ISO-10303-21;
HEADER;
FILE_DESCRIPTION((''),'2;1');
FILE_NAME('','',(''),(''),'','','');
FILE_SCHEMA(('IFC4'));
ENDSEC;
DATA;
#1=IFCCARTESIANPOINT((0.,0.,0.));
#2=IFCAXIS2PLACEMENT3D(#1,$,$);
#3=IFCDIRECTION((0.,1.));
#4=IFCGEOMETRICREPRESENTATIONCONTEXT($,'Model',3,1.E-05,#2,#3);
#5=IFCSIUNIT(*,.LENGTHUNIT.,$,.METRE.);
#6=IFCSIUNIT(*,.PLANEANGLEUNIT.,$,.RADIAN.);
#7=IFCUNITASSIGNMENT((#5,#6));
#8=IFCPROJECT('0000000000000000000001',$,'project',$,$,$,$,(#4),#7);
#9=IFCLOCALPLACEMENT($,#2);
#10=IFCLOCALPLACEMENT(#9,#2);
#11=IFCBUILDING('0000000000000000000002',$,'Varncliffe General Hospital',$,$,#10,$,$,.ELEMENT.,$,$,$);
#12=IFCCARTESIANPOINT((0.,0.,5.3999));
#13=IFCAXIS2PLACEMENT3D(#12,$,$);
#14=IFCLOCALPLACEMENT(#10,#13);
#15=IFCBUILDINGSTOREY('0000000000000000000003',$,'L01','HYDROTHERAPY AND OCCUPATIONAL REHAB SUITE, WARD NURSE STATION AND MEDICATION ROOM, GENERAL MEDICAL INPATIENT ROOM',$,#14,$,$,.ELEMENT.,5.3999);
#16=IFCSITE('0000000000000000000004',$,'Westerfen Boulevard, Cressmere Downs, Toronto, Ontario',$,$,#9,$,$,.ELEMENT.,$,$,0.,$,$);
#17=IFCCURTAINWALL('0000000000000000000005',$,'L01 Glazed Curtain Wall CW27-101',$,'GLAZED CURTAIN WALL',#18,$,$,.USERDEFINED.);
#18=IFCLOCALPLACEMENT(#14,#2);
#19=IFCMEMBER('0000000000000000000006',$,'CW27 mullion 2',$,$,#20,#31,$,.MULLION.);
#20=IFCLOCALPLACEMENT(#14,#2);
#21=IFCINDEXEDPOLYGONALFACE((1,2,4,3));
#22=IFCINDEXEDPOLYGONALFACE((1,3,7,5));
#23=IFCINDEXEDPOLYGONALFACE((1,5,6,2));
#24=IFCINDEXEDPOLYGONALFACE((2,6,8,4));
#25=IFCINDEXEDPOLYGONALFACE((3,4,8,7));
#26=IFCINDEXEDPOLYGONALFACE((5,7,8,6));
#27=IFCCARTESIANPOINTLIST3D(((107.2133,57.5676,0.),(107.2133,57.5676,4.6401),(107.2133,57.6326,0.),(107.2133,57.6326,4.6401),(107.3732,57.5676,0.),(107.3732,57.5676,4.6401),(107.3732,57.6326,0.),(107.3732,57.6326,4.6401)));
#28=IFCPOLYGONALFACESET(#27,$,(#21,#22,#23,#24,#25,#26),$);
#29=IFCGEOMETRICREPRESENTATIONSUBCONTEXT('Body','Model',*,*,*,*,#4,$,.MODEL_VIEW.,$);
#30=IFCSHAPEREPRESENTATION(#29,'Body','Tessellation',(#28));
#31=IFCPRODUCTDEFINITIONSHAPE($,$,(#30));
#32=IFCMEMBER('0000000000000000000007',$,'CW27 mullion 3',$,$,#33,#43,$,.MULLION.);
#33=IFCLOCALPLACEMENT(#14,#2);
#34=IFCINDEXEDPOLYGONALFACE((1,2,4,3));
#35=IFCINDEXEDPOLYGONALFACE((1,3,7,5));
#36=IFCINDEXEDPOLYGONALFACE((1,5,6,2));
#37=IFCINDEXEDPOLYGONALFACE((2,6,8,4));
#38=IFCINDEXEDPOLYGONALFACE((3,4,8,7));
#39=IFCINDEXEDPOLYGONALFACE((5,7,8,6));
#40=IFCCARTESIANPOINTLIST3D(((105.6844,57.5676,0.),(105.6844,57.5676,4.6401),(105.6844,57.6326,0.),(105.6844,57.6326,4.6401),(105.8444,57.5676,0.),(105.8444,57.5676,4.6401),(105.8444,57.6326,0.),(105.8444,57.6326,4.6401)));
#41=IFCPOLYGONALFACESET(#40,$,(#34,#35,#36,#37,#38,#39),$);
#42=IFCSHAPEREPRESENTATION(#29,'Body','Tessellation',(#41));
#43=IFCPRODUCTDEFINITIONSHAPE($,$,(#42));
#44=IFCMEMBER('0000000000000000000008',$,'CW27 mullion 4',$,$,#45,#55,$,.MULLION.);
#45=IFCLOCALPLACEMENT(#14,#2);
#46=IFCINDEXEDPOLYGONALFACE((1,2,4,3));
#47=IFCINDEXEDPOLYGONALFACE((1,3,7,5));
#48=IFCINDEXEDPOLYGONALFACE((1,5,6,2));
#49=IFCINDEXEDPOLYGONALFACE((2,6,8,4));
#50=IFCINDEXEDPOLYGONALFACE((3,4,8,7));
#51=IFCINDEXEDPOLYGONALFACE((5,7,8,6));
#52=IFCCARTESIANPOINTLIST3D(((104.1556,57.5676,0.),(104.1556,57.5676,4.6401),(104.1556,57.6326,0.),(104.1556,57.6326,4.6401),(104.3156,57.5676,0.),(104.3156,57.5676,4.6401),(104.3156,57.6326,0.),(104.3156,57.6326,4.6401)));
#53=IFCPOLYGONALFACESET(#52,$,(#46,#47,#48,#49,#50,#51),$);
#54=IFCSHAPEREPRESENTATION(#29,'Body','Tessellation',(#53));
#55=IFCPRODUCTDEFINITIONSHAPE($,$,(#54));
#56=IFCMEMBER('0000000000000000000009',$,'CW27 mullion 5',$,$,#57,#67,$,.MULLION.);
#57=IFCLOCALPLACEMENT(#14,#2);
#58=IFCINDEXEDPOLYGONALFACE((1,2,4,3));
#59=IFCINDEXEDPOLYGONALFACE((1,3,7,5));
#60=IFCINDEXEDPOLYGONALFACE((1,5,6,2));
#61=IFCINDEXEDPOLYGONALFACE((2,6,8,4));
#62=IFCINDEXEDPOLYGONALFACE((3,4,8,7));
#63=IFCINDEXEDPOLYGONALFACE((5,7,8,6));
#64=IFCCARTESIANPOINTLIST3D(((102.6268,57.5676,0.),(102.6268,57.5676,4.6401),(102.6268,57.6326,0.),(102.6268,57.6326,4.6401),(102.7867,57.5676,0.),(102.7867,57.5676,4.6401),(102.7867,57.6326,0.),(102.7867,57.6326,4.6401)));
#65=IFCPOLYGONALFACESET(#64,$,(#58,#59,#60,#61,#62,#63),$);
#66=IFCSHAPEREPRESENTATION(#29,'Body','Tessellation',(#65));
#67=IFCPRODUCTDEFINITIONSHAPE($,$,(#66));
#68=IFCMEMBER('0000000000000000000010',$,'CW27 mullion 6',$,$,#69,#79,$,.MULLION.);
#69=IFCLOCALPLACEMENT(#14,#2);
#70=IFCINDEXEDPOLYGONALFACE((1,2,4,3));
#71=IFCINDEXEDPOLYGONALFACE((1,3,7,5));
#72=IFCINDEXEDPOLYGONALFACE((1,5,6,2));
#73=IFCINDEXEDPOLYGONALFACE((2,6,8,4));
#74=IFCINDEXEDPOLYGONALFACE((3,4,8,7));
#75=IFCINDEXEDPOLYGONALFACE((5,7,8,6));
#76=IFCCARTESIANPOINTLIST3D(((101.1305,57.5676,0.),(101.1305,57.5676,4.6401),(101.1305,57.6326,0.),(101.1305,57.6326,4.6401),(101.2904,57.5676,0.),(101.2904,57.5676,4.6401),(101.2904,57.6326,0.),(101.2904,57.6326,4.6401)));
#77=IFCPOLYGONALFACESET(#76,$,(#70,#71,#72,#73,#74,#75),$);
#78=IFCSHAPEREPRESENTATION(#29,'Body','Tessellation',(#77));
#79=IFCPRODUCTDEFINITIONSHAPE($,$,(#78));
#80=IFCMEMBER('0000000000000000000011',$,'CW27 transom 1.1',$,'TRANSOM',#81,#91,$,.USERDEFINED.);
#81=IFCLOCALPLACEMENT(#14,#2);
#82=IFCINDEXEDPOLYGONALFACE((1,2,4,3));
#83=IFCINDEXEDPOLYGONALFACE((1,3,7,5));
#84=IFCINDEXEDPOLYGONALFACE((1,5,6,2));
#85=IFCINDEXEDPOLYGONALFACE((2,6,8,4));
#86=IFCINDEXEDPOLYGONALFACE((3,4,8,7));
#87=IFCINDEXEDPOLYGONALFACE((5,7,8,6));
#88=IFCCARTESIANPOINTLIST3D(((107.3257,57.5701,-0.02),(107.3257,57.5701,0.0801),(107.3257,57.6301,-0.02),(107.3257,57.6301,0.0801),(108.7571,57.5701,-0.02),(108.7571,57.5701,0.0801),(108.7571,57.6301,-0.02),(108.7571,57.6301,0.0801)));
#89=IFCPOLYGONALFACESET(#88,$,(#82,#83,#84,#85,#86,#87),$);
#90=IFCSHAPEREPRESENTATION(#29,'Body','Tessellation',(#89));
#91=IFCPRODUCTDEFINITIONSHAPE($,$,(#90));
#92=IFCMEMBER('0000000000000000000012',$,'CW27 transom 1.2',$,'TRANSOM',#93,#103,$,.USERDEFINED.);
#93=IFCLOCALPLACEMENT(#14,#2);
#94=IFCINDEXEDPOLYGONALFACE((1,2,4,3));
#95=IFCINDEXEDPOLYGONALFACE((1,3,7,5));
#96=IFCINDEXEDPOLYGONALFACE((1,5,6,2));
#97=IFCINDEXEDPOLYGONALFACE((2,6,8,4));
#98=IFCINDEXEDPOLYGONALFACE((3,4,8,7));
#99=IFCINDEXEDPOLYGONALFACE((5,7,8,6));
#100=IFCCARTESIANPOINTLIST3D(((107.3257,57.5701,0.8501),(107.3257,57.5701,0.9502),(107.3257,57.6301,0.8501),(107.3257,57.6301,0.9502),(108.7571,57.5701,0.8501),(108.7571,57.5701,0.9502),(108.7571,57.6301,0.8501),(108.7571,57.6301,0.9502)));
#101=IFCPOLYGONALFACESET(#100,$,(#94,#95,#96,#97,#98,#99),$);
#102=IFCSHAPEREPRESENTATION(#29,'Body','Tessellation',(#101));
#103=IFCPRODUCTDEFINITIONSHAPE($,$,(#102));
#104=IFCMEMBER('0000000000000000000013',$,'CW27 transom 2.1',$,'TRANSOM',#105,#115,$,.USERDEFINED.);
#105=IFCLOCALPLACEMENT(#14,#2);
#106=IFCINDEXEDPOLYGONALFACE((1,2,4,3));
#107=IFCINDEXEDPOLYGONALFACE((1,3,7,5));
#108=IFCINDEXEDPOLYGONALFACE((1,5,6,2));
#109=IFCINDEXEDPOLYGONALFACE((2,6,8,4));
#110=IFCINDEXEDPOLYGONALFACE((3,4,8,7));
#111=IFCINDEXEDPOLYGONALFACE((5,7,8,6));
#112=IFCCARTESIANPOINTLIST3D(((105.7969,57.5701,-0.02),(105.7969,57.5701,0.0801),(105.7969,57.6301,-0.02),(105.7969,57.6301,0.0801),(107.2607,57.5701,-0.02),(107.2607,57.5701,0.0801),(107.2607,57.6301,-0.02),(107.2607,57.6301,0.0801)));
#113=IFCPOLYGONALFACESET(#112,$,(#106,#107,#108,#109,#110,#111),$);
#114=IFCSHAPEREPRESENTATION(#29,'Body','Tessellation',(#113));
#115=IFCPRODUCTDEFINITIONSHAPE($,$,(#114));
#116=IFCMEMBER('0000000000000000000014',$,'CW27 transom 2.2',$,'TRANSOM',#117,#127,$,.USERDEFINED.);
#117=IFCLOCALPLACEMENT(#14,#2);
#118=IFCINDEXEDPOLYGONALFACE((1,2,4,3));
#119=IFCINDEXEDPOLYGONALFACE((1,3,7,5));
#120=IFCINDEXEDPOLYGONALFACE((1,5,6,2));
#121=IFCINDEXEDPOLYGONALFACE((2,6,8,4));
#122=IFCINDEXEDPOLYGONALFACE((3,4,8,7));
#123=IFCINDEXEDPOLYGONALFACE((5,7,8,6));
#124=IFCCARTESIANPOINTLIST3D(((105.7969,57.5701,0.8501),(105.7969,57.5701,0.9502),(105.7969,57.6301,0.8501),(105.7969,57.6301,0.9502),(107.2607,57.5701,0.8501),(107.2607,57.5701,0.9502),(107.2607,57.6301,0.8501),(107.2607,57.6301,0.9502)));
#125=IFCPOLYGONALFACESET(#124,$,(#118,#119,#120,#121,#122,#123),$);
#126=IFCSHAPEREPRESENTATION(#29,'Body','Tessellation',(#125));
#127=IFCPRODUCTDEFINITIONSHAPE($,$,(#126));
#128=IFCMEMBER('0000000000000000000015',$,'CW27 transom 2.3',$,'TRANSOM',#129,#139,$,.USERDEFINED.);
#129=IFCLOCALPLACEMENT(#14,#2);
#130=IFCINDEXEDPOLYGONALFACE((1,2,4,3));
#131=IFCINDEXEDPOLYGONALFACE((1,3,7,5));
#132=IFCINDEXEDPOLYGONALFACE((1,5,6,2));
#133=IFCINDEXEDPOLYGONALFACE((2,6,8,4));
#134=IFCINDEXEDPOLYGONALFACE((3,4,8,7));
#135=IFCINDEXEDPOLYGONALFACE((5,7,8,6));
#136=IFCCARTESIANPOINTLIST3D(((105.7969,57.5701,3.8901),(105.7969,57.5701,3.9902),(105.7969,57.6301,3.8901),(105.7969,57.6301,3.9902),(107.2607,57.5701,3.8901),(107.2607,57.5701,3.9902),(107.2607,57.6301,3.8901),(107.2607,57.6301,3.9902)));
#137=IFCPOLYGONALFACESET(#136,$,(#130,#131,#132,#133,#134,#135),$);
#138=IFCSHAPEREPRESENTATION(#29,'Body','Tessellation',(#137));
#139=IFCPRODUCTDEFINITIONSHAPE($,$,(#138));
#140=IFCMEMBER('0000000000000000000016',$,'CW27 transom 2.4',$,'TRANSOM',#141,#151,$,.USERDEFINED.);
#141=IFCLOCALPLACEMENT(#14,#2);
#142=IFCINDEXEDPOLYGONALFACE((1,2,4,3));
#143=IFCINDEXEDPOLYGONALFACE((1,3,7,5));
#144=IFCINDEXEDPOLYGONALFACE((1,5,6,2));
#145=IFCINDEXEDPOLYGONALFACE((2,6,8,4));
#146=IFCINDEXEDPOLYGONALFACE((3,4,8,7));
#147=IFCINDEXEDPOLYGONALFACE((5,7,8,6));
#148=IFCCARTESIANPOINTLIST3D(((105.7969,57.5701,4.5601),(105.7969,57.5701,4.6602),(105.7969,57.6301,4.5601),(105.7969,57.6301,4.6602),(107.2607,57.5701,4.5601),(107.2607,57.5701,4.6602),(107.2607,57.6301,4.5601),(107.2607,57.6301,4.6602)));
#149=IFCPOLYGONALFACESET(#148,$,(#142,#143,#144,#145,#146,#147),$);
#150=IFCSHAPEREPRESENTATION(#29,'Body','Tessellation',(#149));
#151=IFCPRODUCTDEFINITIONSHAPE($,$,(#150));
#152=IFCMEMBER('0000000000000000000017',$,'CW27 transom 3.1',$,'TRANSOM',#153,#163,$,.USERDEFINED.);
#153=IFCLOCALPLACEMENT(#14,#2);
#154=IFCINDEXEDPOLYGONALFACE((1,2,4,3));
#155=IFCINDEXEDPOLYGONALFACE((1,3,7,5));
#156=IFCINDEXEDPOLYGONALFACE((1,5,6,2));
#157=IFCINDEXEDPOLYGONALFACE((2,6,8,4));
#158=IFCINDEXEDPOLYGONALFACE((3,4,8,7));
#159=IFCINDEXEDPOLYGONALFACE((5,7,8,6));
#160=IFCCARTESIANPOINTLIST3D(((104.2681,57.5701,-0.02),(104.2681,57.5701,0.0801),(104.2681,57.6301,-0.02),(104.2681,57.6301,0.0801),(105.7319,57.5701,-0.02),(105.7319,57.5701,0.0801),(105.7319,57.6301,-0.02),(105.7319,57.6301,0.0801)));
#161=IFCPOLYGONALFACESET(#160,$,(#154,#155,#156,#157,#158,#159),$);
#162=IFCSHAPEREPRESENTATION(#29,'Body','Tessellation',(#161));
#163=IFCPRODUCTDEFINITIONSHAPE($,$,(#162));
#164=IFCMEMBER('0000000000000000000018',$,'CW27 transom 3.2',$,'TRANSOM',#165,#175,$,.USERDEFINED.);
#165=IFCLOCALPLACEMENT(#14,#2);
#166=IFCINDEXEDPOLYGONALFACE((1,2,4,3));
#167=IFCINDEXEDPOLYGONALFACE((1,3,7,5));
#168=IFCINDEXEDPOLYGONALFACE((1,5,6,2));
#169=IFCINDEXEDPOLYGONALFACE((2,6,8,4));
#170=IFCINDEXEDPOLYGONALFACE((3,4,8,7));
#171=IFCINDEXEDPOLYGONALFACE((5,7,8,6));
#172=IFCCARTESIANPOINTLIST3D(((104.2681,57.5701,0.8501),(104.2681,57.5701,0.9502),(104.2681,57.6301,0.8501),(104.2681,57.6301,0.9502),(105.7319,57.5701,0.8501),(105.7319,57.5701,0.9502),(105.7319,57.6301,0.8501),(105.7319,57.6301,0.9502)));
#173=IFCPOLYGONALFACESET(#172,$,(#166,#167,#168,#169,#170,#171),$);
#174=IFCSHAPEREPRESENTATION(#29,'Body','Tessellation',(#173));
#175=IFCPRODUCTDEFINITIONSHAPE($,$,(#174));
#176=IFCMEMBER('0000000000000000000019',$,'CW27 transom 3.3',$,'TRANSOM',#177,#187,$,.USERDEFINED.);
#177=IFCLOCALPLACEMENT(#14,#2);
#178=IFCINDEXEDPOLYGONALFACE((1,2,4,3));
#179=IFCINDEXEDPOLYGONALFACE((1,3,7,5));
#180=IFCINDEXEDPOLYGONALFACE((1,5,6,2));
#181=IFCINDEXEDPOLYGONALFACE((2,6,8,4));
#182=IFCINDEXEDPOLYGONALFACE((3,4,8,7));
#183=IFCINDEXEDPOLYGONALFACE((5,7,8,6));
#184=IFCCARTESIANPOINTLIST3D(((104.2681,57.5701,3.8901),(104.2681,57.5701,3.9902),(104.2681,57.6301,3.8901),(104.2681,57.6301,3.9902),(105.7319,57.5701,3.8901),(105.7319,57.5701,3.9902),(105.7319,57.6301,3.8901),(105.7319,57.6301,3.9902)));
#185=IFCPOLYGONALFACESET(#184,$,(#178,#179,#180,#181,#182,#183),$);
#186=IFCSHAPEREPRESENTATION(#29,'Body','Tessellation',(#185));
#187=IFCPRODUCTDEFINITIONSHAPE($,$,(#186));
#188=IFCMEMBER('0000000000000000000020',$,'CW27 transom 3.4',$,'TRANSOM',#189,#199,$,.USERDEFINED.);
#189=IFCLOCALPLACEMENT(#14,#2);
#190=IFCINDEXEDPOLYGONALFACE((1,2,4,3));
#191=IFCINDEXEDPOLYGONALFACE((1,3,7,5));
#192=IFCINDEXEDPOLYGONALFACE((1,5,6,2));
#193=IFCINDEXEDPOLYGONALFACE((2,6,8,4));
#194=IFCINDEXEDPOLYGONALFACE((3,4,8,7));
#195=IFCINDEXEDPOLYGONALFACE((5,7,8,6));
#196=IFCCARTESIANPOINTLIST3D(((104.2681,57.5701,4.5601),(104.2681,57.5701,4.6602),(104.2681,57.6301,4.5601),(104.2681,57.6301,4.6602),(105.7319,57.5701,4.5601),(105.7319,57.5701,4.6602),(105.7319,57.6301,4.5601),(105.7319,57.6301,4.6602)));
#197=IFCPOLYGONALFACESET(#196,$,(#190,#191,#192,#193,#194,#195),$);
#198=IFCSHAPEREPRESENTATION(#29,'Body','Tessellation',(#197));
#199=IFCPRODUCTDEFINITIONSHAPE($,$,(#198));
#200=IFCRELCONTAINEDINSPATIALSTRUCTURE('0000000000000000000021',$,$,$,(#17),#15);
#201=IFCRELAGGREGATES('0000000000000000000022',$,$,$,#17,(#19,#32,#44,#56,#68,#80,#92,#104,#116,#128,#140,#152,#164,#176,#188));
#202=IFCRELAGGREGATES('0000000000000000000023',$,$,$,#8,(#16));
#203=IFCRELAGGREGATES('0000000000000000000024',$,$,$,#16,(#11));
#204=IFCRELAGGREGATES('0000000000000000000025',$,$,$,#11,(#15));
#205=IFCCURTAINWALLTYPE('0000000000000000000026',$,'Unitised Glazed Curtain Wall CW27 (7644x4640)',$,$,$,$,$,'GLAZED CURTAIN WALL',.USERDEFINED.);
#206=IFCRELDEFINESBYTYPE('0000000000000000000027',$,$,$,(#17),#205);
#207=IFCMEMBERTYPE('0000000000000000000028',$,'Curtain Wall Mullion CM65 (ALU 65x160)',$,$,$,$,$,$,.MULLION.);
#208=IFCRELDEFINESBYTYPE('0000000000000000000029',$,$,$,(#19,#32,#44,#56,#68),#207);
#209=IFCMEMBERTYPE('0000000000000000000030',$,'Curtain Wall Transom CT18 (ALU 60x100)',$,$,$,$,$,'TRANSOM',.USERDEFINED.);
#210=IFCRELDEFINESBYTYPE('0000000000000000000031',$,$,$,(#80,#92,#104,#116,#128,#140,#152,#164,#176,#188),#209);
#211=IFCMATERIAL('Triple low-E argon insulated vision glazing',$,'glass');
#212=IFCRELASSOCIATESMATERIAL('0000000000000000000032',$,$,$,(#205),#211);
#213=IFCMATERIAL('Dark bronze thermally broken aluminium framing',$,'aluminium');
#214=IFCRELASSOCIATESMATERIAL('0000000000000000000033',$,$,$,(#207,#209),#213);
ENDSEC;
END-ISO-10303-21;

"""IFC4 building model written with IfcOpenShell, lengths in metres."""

from ifc_helpers import new_model, si_unit, direction, frame, origin, origin_2d, place, context, subcontext, project, spatial, rectangle, extrude, material, material_profile, profile_set, type_object, element, aggregate, save


model = new_model("IFC4")

# Units and contexts
model_context = context("Model", 3, precision=1e-05, world=origin(), true_north=direction((0.0, 1.0)))
body_context = subcontext(model_context, "Body", "Model", "MODEL_VIEW")
ifc_project = project(units=[si_unit("LENGTHUNIT", "METRE"), si_unit("PLANEANGLEUNIT", "RADIAN")], contexts=[model_context])

# Site, building, storey
site_placement = place(None, origin())
site = spatial("IfcSite", under=ifc_project, at=site_placement, Name="Westerfen Boulevard, Cressmere Downs, Toronto, Ontario", CompositionType="ELEMENT", RefElevation=0.0)
building_placement = place(site_placement, origin())
building = spatial("IfcBuilding", under=site, at=building_placement, Name="Varncliffe General Hospital", CompositionType="ELEMENT")
storey_placement = place(building_placement, frame((0.0, 0.0, 5.3999)))
storey = spatial("IfcBuildingStorey", under=building, at=storey_placement, Name="L01", Description="HYDROTHERAPY AND OCCUPATIONAL REHAB SUITE, WARD NURSE STATION AND MEDICATION ROOM, GENERAL MEDICAL INPATIENT ROOM", CompositionType="ELEMENT", Elevation=5.3999)

# Curtain wall, members
ifc_material_1 = material(Name="Triple low-E argon insulated vision glazing", Category="glass")
curtain_wall_type = type_object("IfcCurtainWallType", Name="Unitised Glazed Curtain Wall CW27 (7644x4640)", ElementType="GLAZED CURTAIN WALL", PredefinedType="USERDEFINED", material=ifc_material_1)
curtain_wall_placement = place(storey_placement, origin())
curtain_wall = element("IfcCurtainWall", 1, at=curtain_wall_placement, inside=storey, type_object=curtain_wall_type, Name="L01 Glazed Curtain Wall CW27-101", ObjectType="GLAZED CURTAIN WALL", PredefinedType="USERDEFINED")
ifc_material_2 = material(Name="Dark bronze thermally broken aluminium framing", Category="aluminium")
ifc_material_profile_1 = material_profile(ifc_material_2, rectangle(XDim=0.0649, YDim=0.1599, at=origin_2d()), Name="ALU 65x160")
ifc_profile_set_1 = profile_set([ifc_material_profile_1], Name="Dark bronze thermally broken aluminium framing")
member_type_1 = type_object("IfcMemberType", Name="Curtain Wall Mullion CM65 (ALU 65x160)", PredefinedType="MULLION", material=ifc_profile_set_1)
member_1_placement = place(storey_placement, frame((107.2932, 57.6001, 0.0), z_axis=(0.0, 0.0, 1.0), x_axis=(0.0, -1.0, 0.0)))
member_1 = element("IfcMember", 2, at=member_1_placement, type_object=member_type_1, Name="CW27 mullion 2", PredefinedType="MULLION", context=body_context, shape_type="SweptSolid", body=[
    extrude(rectangle(XDim=0.0649, YDim=0.1599, at=origin_2d()), origin(), (0.0, 0.0, 1.0), 4.6401),
])
member_2_placement = place(storey_placement, frame((105.7644, 57.6001, 0.0), z_axis=(0.0, 0.0, 1.0), x_axis=(0.0, -1.0, 0.0)))
member_2 = element("IfcMember", 3, at=member_2_placement, type_object=member_type_1, Name="CW27 mullion 3", PredefinedType="MULLION", context=body_context, shape_type="SweptSolid", body=[
    extrude(rectangle(XDim=0.0649, YDim=0.1599, at=origin_2d()), origin(), (0.0, 0.0, 1.0), 4.6401),
])
member_3_placement = place(storey_placement, frame((104.2356, 57.6001, 0.0), z_axis=(0.0, 0.0, 1.0), x_axis=(0.0, -1.0, 0.0)))
member_3 = element("IfcMember", 4, at=member_3_placement, type_object=member_type_1, Name="CW27 mullion 4", PredefinedType="MULLION", context=body_context, shape_type="SweptSolid", body=[
    extrude(rectangle(XDim=0.0649, YDim=0.1599, at=origin_2d()), origin(), (0.0, 0.0, 1.0), 4.6401),
])
member_4_placement = place(storey_placement, frame((102.7068, 57.6001, 0.0), z_axis=(0.0, 0.0, 1.0), x_axis=(0.0, -1.0, 0.0)))
member_4 = element("IfcMember", 5, at=member_4_placement, type_object=member_type_1, Name="CW27 mullion 5", PredefinedType="MULLION", context=body_context, shape_type="SweptSolid", body=[
    extrude(rectangle(XDim=0.0649, YDim=0.1599, at=origin_2d()), origin(), (0.0, 0.0, 1.0), 4.6401),
])
member_5_placement = place(storey_placement, frame((101.2104, 57.6001, 0.0), z_axis=(0.0, 0.0, 1.0), x_axis=(0.0, -1.0, 0.0)))
member_5 = element("IfcMember", 6, at=member_5_placement, type_object=member_type_1, Name="CW27 mullion 6", PredefinedType="MULLION", context=body_context, shape_type="SweptSolid", body=[
    extrude(rectangle(XDim=0.0649, YDim=0.1599, at=origin_2d()), origin(), (0.0, 0.0, 1.0), 4.6401),
])
ifc_material_profile_2 = material_profile(ifc_material_2, rectangle(XDim=0.0601, YDim=0.1001, at=origin_2d()), Name="ALU 60x100")
ifc_profile_set_2 = profile_set([ifc_material_profile_2], Name="Dark bronze thermally broken aluminium framing")
member_type_2 = type_object("IfcMemberType", Name="Curtain Wall Transom CT18 (ALU 60x100)", ElementType="TRANSOM", PredefinedType="USERDEFINED", material=ifc_profile_set_2)
member_6_placement = place(storey_placement, frame((108.7571, 57.6001, 0.03), z_axis=(-1.0, 0.0, 0.0), x_axis=(0.0, -1.0, 0.0)))
member_6 = element("IfcMember", 7, at=member_6_placement, type_object=member_type_2, Name="CW27 transom 1.1", ObjectType="TRANSOM", PredefinedType="USERDEFINED", context=body_context, shape_type="SweptSolid", body=[
    extrude(rectangle(XDim=0.0601, YDim=0.1001, at=origin_2d()), origin(), (0.0, 0.0, 1.0), 1.4314),
])
member_7_placement = place(storey_placement, frame((108.7571, 57.6001, 0.9001), z_axis=(-1.0, 0.0, 0.0), x_axis=(0.0, -1.0, 0.0)))
member_7 = element("IfcMember", 8, at=member_7_placement, type_object=member_type_2, Name="CW27 transom 1.2", ObjectType="TRANSOM", PredefinedType="USERDEFINED", context=body_context, shape_type="SweptSolid", body=[
    extrude(rectangle(XDim=0.0601, YDim=0.1001, at=origin_2d()), origin(), (0.0, 0.0, 1.0), 1.4314),
])
member_8_placement = place(storey_placement, frame((107.2607, 57.6001, 0.03), z_axis=(-1.0, 0.0, 0.0), x_axis=(0.0, -1.0, 0.0)))
member_8 = element("IfcMember", 9, at=member_8_placement, type_object=member_type_2, Name="CW27 transom 2.1", ObjectType="TRANSOM", PredefinedType="USERDEFINED", context=body_context, shape_type="SweptSolid", body=[
    extrude(rectangle(XDim=0.0601, YDim=0.1001, at=origin_2d()), origin(), (0.0, 0.0, 1.0), 1.4639),
])
member_9_placement = place(storey_placement, frame((107.2607, 57.6001, 0.9001), z_axis=(-1.0, 0.0, 0.0), x_axis=(0.0, -1.0, 0.0)))
member_9 = element("IfcMember", 10, at=member_9_placement, type_object=member_type_2, Name="CW27 transom 2.2", ObjectType="TRANSOM", PredefinedType="USERDEFINED", context=body_context, shape_type="SweptSolid", body=[
    extrude(rectangle(XDim=0.0601, YDim=0.1001, at=origin_2d()), origin(), (0.0, 0.0, 1.0), 1.4639),
])
member_10_placement = place(storey_placement, frame((107.2607, 57.6001, 3.9402), z_axis=(-1.0, 0.0, 0.0), x_axis=(0.0, -1.0, 0.0)))
member_10 = element("IfcMember", 11, at=member_10_placement, type_object=member_type_2, Name="CW27 transom 2.3", ObjectType="TRANSOM", PredefinedType="USERDEFINED", context=body_context, shape_type="SweptSolid", body=[
    extrude(rectangle(XDim=0.0601, YDim=0.1001, at=origin_2d()), origin(), (0.0, 0.0, 1.0), 1.4639),
])
member_11_placement = place(storey_placement, frame((107.2607, 57.6001, 4.6101), z_axis=(-1.0, 0.0, 0.0), x_axis=(0.0, -1.0, 0.0)))
member_11 = element("IfcMember", 12, at=member_11_placement, type_object=member_type_2, Name="CW27 transom 2.4", ObjectType="TRANSOM", PredefinedType="USERDEFINED", context=body_context, shape_type="SweptSolid", body=[
    extrude(rectangle(XDim=0.0601, YDim=0.1001, at=origin_2d()), origin(), (0.0, 0.0, 1.0), 1.4639),
])
member_12_placement = place(storey_placement, frame((105.7319, 57.6001, 0.03), z_axis=(-1.0, 0.0, 0.0), x_axis=(0.0, -1.0, 0.0)))
member_12 = element("IfcMember", 13, at=member_12_placement, type_object=member_type_2, Name="CW27 transom 3.1", ObjectType="TRANSOM", PredefinedType="USERDEFINED", context=body_context, shape_type="SweptSolid", body=[
    extrude(rectangle(XDim=0.0601, YDim=0.1001, at=origin_2d()), origin(), (0.0, 0.0, 1.0), 1.4639),
])
member_13_placement = place(storey_placement, frame((105.7319, 57.6001, 0.9001), z_axis=(-1.0, 0.0, 0.0), x_axis=(0.0, -1.0, 0.0)))
member_13 = element("IfcMember", 14, at=member_13_placement, type_object=member_type_2, Name="CW27 transom 3.2", ObjectType="TRANSOM", PredefinedType="USERDEFINED", context=body_context, shape_type="SweptSolid", body=[
    extrude(rectangle(XDim=0.0601, YDim=0.1001, at=origin_2d()), origin(), (0.0, 0.0, 1.0), 1.4639),
])
member_14_placement = place(storey_placement, frame((105.7319, 57.6001, 3.9402), z_axis=(-1.0, 0.0, 0.0), x_axis=(0.0, -1.0, 0.0)))
member_14 = element("IfcMember", 15, at=member_14_placement, type_object=member_type_2, Name="CW27 transom 3.3", ObjectType="TRANSOM", PredefinedType="USERDEFINED", context=body_context, shape_type="SweptSolid", body=[
    extrude(rectangle(XDim=0.0601, YDim=0.1001, at=origin_2d()), origin(), (0.0, 0.0, 1.0), 1.4639),
])
member_15_placement = place(storey_placement, frame((105.7319, 57.6001, 4.6101), z_axis=(-1.0, 0.0, 0.0), x_axis=(0.0, -1.0, 0.0)))
member_15 = element("IfcMember", 16, at=member_15_placement, type_object=member_type_2, Name="CW27 transom 3.4", ObjectType="TRANSOM", PredefinedType="USERDEFINED", context=body_context, shape_type="SweptSolid", body=[
    extrude(rectangle(XDim=0.0601, YDim=0.1001, at=origin_2d()), origin(), (0.0, 0.0, 1.0), 1.4639),
])
aggregate(curtain_wall, [member_1, member_2, member_3, member_4, member_5, member_6, member_7, member_8, member_9, member_10, member_11, member_12, member_13, member_14, member_15])

save(model, "model.ifc")
